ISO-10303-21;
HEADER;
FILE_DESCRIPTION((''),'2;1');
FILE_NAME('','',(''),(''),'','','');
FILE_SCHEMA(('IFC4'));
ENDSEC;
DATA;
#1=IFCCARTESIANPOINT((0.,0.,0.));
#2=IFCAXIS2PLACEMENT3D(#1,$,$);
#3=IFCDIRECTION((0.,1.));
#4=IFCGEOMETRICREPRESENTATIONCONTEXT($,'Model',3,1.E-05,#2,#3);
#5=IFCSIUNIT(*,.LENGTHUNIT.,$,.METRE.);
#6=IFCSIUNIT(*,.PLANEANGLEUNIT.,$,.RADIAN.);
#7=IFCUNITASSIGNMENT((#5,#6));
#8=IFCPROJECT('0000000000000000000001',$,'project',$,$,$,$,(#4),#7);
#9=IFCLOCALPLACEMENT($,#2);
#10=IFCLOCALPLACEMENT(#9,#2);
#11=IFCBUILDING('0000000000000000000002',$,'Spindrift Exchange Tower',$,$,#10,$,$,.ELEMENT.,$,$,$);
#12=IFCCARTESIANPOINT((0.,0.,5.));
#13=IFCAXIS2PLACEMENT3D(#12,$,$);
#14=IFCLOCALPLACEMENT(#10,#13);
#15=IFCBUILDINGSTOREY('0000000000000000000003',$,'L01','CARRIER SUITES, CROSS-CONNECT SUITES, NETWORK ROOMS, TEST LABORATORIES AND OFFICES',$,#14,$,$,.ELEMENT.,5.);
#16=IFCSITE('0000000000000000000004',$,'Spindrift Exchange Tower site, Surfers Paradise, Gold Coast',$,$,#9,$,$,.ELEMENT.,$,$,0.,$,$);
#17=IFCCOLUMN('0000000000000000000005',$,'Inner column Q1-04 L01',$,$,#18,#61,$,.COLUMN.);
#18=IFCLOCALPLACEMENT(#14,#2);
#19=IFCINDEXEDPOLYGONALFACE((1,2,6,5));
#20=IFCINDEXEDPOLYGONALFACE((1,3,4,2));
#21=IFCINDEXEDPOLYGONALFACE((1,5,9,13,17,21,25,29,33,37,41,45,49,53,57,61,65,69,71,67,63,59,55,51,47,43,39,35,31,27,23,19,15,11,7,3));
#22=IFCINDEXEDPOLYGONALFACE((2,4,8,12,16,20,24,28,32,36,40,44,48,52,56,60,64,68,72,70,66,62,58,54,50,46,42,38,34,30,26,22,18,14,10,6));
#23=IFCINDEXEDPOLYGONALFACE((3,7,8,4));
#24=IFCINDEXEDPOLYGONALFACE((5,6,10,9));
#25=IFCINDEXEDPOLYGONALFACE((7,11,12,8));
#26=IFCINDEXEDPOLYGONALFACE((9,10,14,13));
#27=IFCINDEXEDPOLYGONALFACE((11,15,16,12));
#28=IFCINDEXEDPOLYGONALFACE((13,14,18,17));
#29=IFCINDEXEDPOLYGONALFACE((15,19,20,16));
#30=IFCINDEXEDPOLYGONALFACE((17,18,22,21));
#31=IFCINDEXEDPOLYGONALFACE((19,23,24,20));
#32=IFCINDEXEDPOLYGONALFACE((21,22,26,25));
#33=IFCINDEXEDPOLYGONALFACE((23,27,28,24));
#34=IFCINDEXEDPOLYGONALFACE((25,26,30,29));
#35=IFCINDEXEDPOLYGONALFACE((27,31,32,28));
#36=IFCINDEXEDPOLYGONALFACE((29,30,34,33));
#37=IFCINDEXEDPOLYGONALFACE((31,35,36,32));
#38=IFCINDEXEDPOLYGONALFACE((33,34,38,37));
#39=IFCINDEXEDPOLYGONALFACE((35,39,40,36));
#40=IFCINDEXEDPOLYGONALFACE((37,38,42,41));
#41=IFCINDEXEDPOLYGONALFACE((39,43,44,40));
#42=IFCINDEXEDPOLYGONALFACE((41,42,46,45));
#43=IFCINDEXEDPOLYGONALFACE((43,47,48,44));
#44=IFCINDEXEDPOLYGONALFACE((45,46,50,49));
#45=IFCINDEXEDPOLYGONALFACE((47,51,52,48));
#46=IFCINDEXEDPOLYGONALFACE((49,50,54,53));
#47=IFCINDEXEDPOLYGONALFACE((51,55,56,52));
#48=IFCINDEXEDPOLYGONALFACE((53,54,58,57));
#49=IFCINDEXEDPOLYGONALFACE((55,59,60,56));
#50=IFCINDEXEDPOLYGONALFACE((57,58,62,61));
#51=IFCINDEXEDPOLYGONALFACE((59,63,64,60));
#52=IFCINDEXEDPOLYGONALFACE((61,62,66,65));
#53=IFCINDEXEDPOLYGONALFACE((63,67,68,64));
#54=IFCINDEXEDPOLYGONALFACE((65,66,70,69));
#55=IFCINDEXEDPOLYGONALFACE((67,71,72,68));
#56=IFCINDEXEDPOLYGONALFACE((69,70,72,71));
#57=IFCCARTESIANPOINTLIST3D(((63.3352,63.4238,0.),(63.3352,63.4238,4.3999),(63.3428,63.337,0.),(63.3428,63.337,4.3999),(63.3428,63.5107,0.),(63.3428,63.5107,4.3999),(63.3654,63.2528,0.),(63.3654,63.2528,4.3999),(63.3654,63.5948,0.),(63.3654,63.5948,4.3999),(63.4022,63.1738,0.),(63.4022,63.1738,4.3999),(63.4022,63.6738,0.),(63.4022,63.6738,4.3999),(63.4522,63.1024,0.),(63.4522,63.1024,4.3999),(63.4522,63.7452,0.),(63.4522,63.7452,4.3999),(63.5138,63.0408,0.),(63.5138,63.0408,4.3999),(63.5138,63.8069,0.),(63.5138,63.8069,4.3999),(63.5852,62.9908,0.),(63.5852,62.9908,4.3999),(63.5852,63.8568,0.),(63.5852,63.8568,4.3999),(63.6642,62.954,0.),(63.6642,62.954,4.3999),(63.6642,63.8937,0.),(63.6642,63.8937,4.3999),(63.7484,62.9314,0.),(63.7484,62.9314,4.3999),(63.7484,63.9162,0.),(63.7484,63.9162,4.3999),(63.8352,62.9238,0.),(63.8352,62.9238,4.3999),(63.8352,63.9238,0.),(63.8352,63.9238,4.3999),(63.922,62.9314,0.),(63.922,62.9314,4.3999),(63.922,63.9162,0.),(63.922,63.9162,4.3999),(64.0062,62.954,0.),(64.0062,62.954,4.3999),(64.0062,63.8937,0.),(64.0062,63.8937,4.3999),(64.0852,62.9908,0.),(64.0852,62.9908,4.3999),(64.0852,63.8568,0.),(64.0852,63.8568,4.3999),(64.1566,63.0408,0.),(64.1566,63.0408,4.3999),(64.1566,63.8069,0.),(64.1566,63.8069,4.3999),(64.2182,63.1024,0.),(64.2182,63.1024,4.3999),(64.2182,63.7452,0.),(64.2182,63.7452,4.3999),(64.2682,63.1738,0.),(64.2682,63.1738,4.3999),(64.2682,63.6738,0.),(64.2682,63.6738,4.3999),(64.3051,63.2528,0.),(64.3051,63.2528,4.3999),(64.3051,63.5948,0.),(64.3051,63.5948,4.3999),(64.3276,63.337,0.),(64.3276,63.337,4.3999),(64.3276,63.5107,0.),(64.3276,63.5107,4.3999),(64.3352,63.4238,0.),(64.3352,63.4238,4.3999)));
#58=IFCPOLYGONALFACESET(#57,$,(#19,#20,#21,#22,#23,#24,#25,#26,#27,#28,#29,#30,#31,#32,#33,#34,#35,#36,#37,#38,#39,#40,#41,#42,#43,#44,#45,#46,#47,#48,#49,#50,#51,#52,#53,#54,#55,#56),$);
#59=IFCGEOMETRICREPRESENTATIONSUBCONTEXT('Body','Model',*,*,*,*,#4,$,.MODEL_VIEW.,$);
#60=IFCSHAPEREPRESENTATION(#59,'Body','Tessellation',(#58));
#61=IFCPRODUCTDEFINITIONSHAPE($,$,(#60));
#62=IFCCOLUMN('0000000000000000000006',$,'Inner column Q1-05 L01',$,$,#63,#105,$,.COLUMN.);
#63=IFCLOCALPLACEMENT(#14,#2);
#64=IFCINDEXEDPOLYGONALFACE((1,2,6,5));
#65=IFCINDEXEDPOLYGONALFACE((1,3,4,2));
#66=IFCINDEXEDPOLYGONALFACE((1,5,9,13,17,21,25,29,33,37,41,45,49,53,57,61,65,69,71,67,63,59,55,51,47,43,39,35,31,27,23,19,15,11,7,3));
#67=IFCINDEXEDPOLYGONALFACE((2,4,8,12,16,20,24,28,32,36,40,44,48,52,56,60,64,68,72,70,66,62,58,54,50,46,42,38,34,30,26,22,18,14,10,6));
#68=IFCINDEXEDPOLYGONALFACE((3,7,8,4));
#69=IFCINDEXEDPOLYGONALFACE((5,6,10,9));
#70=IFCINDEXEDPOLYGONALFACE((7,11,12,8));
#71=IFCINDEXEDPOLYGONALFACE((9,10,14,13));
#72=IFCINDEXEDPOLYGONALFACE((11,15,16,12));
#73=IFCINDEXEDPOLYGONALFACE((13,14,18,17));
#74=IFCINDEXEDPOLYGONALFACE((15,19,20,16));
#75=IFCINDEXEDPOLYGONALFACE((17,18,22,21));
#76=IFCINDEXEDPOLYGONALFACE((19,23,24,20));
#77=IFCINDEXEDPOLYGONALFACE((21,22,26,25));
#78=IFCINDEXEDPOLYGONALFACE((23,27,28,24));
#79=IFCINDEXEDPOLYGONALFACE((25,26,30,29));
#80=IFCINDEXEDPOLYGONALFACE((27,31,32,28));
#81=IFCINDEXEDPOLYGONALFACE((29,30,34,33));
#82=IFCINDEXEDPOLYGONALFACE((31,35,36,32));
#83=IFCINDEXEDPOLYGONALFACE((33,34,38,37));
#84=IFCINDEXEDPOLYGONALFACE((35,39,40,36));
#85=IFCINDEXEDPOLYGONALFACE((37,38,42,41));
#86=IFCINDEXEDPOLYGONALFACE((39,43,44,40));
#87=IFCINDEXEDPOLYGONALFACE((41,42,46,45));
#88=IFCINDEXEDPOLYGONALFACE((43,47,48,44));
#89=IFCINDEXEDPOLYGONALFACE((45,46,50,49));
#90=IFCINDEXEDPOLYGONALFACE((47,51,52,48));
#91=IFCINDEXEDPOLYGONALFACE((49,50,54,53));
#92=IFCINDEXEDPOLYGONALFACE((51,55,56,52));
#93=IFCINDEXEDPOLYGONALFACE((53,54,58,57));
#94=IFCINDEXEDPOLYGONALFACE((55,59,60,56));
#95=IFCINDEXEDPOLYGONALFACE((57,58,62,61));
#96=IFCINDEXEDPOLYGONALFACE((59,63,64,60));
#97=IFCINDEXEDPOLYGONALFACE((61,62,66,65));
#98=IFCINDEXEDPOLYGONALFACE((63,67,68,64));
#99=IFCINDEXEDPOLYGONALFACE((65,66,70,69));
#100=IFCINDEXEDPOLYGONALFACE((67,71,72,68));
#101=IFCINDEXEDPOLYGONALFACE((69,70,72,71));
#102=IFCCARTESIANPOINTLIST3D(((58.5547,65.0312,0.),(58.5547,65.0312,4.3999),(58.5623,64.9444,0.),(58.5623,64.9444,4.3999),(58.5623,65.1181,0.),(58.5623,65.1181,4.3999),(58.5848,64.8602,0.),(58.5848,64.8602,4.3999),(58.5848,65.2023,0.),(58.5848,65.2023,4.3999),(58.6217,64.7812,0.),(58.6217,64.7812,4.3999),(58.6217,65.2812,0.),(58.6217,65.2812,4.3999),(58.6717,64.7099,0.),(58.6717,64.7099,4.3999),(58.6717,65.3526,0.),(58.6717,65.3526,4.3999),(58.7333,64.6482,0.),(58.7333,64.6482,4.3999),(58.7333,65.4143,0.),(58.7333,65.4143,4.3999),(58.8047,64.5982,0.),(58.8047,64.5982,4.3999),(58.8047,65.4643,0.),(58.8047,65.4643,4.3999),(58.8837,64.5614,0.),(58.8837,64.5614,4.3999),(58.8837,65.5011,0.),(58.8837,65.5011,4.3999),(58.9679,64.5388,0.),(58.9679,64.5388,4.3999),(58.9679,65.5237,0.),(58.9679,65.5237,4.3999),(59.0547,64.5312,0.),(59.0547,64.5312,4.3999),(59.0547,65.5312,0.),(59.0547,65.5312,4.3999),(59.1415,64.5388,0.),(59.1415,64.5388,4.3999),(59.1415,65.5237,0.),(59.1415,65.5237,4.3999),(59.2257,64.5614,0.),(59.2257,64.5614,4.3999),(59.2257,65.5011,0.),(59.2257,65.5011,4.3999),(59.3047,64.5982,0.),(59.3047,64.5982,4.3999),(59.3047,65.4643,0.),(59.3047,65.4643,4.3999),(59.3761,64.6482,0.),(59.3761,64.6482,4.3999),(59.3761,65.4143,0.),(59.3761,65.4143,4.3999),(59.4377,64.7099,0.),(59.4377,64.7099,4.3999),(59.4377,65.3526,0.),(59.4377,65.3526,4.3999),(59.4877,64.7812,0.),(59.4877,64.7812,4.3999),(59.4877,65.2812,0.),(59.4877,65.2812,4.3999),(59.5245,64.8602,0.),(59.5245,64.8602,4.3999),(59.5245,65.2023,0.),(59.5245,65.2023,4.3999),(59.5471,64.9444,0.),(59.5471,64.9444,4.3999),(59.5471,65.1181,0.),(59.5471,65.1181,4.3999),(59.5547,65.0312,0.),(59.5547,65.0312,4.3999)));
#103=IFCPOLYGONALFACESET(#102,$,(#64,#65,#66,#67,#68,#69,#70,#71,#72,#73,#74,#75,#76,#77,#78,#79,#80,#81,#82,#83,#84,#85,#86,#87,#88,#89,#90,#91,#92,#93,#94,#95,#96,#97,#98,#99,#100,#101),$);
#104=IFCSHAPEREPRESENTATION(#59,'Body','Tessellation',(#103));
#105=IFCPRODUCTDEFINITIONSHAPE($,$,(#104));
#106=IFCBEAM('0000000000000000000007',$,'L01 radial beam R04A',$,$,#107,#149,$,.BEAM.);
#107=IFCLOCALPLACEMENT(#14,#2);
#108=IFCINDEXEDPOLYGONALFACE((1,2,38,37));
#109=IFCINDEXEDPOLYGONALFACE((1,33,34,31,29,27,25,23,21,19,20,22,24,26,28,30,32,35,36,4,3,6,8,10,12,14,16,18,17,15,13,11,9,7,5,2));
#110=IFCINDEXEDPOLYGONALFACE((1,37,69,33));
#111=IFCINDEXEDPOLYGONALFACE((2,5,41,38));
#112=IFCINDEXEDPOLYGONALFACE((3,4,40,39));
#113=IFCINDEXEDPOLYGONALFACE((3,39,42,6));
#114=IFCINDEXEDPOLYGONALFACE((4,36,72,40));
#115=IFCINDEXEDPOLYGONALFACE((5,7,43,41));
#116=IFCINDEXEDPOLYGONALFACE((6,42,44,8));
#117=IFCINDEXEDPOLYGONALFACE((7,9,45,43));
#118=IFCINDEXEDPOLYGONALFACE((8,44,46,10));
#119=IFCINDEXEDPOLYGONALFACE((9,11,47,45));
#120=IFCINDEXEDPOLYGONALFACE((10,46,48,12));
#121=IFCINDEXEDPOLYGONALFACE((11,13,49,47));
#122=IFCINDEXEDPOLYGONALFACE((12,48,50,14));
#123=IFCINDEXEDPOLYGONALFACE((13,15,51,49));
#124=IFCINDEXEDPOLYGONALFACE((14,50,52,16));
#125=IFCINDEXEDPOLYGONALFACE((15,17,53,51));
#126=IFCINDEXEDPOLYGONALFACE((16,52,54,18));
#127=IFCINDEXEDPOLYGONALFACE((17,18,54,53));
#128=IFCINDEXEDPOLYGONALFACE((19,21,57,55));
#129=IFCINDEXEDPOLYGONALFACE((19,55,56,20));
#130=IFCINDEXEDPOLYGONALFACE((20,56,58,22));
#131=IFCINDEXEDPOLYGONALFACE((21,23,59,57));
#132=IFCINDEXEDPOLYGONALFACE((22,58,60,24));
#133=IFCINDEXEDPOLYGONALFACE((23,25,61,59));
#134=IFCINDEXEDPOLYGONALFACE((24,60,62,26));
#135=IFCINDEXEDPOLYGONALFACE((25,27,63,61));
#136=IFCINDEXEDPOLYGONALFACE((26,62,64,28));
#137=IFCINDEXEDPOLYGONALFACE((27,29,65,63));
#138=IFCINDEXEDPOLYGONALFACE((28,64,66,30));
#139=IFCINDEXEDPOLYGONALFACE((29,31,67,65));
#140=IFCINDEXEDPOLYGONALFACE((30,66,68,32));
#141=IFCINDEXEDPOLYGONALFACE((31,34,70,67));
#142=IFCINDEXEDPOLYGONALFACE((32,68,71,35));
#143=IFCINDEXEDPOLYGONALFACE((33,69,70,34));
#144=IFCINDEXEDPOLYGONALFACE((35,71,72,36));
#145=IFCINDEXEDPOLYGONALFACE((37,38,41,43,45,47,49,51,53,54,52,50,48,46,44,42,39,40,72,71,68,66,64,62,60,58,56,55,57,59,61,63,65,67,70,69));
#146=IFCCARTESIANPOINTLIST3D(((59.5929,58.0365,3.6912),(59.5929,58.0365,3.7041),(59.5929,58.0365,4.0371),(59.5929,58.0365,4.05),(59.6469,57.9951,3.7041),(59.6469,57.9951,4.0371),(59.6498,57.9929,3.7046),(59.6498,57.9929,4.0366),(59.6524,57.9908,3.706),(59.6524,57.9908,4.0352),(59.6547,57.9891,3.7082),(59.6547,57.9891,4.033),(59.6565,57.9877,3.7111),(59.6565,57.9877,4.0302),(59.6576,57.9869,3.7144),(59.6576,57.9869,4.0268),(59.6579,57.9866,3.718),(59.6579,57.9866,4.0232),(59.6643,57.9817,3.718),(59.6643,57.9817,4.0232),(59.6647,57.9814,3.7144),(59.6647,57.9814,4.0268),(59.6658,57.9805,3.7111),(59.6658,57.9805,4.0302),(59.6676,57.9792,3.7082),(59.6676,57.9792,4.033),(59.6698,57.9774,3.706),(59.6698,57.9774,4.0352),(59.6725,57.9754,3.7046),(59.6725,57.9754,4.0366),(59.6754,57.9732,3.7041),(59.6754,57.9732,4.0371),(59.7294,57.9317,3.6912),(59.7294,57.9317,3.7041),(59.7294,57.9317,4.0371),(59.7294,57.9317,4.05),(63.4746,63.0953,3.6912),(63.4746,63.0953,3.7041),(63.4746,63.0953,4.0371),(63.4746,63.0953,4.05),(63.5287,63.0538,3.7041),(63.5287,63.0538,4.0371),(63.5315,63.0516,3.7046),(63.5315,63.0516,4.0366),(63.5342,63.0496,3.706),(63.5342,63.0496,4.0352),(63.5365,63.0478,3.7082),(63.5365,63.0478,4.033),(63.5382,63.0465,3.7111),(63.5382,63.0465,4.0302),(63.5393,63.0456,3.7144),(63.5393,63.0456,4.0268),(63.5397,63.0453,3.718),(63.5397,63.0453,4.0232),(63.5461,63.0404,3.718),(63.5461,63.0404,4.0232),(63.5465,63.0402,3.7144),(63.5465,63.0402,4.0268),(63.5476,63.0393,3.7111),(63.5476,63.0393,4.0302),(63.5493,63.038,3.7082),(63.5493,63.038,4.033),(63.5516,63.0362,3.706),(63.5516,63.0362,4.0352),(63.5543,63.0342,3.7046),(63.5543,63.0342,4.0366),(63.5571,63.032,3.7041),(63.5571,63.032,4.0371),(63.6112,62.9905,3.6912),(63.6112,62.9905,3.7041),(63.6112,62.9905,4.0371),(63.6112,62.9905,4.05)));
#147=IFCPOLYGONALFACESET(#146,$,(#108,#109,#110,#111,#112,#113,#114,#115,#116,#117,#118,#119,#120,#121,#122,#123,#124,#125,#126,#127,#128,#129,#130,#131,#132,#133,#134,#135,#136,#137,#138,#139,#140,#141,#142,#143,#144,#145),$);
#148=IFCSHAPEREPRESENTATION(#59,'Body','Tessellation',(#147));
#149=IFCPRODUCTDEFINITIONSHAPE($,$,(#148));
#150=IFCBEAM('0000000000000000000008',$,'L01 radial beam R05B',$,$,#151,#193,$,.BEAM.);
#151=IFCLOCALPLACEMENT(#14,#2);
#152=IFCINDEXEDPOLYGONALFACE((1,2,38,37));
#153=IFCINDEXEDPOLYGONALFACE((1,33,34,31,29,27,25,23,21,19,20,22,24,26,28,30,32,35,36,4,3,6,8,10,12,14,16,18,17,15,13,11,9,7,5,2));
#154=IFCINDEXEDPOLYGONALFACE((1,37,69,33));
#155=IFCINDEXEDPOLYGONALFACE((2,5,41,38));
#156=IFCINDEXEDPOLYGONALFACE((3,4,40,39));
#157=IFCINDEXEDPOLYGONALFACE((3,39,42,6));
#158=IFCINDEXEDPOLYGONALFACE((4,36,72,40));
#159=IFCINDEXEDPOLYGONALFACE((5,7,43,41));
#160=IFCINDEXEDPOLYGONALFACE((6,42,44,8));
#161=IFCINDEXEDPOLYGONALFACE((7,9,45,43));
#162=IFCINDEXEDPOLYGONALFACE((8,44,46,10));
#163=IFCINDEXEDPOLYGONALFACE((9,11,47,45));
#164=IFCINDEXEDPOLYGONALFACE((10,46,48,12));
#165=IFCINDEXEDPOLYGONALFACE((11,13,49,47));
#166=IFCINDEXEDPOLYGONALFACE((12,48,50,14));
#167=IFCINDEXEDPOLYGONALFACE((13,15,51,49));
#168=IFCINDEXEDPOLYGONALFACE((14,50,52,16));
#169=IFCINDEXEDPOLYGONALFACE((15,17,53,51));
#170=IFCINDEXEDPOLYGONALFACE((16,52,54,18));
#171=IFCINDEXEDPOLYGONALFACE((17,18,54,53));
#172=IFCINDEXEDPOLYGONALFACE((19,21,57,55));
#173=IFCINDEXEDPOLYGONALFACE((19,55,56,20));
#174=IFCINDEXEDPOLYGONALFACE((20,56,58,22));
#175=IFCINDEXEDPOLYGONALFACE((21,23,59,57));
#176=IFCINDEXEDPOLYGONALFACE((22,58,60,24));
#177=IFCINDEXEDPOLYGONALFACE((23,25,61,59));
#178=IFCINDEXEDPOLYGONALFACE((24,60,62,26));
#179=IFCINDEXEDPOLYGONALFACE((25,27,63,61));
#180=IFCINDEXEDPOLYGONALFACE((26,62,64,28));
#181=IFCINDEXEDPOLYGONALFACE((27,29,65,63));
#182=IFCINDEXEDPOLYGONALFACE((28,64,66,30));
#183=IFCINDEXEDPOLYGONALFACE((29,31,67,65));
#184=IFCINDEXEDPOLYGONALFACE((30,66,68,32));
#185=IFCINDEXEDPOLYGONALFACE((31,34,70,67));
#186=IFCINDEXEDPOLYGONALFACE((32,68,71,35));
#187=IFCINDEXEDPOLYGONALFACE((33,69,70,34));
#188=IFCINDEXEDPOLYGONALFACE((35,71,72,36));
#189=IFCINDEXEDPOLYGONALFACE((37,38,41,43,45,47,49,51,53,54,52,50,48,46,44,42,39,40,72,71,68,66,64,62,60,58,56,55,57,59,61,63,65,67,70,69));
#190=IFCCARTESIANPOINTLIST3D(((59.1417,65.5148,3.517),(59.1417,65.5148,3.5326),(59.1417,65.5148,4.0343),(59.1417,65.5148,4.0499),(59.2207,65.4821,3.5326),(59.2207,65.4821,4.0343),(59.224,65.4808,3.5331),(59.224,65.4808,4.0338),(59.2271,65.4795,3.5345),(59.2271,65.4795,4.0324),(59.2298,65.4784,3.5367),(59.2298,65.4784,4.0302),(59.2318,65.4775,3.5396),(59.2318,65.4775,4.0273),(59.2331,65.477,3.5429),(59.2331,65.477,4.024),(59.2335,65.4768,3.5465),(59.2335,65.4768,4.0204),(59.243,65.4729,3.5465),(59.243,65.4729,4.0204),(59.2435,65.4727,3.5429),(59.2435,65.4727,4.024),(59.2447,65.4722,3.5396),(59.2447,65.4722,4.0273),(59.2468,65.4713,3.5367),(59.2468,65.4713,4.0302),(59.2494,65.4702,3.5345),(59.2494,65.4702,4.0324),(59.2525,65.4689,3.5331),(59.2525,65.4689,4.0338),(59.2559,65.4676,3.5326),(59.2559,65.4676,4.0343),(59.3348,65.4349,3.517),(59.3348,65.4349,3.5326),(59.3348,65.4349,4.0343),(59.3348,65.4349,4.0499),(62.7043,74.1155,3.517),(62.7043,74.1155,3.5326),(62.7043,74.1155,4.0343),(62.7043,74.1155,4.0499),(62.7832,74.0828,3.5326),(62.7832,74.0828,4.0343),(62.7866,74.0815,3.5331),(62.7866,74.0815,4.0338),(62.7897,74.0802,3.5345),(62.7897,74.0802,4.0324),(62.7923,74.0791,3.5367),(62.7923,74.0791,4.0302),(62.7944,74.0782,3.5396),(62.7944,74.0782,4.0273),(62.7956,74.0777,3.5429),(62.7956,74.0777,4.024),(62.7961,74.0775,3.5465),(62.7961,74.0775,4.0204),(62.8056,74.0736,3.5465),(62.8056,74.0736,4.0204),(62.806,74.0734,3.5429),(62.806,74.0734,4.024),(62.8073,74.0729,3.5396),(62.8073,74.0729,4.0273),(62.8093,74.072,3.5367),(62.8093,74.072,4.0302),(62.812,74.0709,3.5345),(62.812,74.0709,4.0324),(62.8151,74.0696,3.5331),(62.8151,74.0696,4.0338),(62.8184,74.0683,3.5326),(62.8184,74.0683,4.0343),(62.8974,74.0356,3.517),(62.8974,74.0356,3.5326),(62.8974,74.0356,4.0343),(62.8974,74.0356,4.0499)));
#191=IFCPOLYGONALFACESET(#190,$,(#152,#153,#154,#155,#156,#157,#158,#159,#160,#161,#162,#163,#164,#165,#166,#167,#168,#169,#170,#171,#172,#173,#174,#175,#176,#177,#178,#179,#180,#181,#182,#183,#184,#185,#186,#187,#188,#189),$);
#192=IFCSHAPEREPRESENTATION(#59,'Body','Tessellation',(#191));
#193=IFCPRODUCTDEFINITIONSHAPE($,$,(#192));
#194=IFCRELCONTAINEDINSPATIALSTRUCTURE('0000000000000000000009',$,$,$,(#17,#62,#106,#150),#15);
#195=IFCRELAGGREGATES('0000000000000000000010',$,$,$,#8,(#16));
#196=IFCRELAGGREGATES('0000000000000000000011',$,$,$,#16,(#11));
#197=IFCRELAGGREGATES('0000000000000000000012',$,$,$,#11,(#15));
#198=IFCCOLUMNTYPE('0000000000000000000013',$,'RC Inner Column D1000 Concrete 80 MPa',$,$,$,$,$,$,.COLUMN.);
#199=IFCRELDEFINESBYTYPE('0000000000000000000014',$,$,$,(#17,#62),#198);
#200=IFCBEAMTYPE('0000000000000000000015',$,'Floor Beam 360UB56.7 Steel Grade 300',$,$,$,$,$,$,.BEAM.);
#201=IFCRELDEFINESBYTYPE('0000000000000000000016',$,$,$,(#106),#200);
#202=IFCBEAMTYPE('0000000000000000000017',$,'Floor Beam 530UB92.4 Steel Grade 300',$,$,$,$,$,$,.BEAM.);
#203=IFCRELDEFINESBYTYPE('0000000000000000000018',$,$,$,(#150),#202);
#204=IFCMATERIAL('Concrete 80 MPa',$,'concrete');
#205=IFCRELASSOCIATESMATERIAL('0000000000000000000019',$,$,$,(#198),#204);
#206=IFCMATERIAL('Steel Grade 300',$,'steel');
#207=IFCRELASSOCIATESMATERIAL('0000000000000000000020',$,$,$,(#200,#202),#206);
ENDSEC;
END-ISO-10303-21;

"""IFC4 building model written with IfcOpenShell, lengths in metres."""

from ifc_helpers import new_model, si_unit, direction, frame, origin, origin_2d, place, context, subcontext, project, spatial, circle, i_section, extrude, source, transform, mapped, material, material_profile, profile_set, type_object, element, save


model = new_model("IFC4")

# Units and contexts
model_context = context("Model", 3, precision=1e-05, world=origin(), true_north=direction((0.0, 1.0)))
body_context = subcontext(model_context, "Body", "Model", "MODEL_VIEW")
ifc_project = project(units=[si_unit("LENGTHUNIT", "METRE"), si_unit("PLANEANGLEUNIT", "RADIAN")], contexts=[model_context])

# Site, building, storey
site_placement = place(None, origin())
site = spatial("IfcSite", under=ifc_project, at=site_placement, Name="Spindrift Exchange Tower site, Surfers Paradise, Gold Coast", CompositionType="ELEMENT", RefElevation=0.0)
building_placement = place(site_placement, origin())
building = spatial("IfcBuilding", under=site, at=building_placement, Name="Spindrift Exchange Tower", CompositionType="ELEMENT")
storey_placement = place(building_placement, frame((0.0, 0.0, 5.0)))
storey = spatial("IfcBuildingStorey", under=building, at=storey_placement, Name="L01", Description="CARRIER SUITES, CROSS-CONNECT SUITES, NETWORK ROOMS, TEST LABORATORIES AND OFFICES", CompositionType="ELEMENT", Elevation=5.0)

# Columns
ifc_material_1 = material(Name="Concrete 80 MPa", Category="concrete")
ifc_material_profile_1 = material_profile(ifc_material_1, circle(Radius=0.5, at=origin_2d()), Name="RC D1000")
ifc_profile_set_1 = profile_set([ifc_material_profile_1], Name="Concrete 80 MPa")
column_type = type_object("IfcColumnType", Name="RC Inner Column D1000 Concrete 80 MPa", PredefinedType="COLUMN", material=ifc_profile_set_1)
shared_shape_1 = source(origin(), body_context, "Body", "SweptSolid", [
    extrude(circle(Radius=0.5, at=origin_2d()), origin(), (0.0, 0.0, 1.0), 4.3999),
])
for number, where, z_axis, x_axis, name in (
    (1, (63.8352, 63.4238, 0.0), (0.0, 0.0, 1.0), (1.0, 0.0, 0.0), "Inner column Q1-04 L01"),
    (2, (59.0547, 65.0312, 0.0), (0.0, 0.0, 1.0), (1.0, 0.0, 0.0), "Inner column Q1-05 L01"),
):
    element("IfcColumn", number, at=place(storey_placement, frame(where, z_axis=z_axis, x_axis=x_axis)), inside=storey, type_object=column_type, Name=name, PredefinedType="COLUMN", context=body_context, shape_type="MappedRepresentation", body=[
        mapped(shared_shape_1, transform((0.0, 0.0, 0.0), scale=1.0)),
    ])

# Beams
ifc_material_2 = material(Name="Steel Grade 300", Category="steel")
ifc_material_profile_2 = material_profile(ifc_material_2, i_section(OverallWidth=0.1721, OverallDepth=0.3589, WebThickness=0.0081, FlangeThickness=0.0129, FilletRadius=0.0139, at=origin_2d()), Name="360UB56.7")
ifc_profile_set_2 = profile_set([ifc_material_profile_2], Name="Steel Grade 300")
beam_type_1 = type_object("IfcBeamType", Name="Floor Beam 360UB56.7 Steel Grade 300", PredefinedType="BEAM", material=ifc_profile_set_2)
shared_shape_2 = source(origin(), body_context, "Body", "SweptSolid", [
    extrude(i_section(OverallWidth=0.1721, OverallDepth=0.3589, WebThickness=0.0081, FlangeThickness=0.0129, FilletRadius=0.0139, at=origin_2d()), origin(), (0.0, 0.0, 1.0), 6.3765),
])
beam_1_placement = place(storey_placement, frame((59.6611, 57.9841, 3.8706), z_axis=(0.608767, 0.793349, 0.0), x_axis=(-0.793349, 0.608767, 0.0)))
element("IfcBeam", 3, at=beam_1_placement, inside=storey, type_object=beam_type_1, Name="L01 radial beam R04A", PredefinedType="BEAM", context=body_context, shape_type="MappedRepresentation", body=[
    mapped(shared_shape_2, transform((0.0, 0.0, 0.0), scale=1.0)),
])
ifc_material_profile_3 = material_profile(ifc_material_2, i_section(OverallWidth=0.209, OverallDepth=0.533, WebThickness=0.0103, FlangeThickness=0.0156, FilletRadius=0.0139, at=origin_2d()), Name="530UB92.4")
ifc_profile_set_3 = profile_set([ifc_material_profile_3], Name="Steel Grade 300")
beam_type_2 = type_object("IfcBeamType", Name="Floor Beam 530UB92.4 Steel Grade 300", PredefinedType="BEAM", material=ifc_profile_set_3)
shared_shape_3 = source(origin(), body_context, "Body", "SweptSolid", [
    extrude(i_section(OverallWidth=0.209, OverallDepth=0.533, WebThickness=0.0103, FlangeThickness=0.0156, FilletRadius=0.0139, at=origin_2d()), origin(), (0.0, 0.0, 1.0), 9.3093),
])
beam_2_placement = place(storey_placement, frame((59.2383, 65.4749, 3.7834), z_axis=(0.382685, 0.923879, 0.0), x_axis=(-0.923879, 0.382685, 0.0)))
element("IfcBeam", 4, at=beam_2_placement, inside=storey, type_object=beam_type_2, Name="L01 radial beam R05B", PredefinedType="BEAM", context=body_context, shape_type="MappedRepresentation", body=[
    mapped(shared_shape_3, transform((0.0, 0.0, 0.0), scale=1.0)),
])

save(model, "model.ifc")
